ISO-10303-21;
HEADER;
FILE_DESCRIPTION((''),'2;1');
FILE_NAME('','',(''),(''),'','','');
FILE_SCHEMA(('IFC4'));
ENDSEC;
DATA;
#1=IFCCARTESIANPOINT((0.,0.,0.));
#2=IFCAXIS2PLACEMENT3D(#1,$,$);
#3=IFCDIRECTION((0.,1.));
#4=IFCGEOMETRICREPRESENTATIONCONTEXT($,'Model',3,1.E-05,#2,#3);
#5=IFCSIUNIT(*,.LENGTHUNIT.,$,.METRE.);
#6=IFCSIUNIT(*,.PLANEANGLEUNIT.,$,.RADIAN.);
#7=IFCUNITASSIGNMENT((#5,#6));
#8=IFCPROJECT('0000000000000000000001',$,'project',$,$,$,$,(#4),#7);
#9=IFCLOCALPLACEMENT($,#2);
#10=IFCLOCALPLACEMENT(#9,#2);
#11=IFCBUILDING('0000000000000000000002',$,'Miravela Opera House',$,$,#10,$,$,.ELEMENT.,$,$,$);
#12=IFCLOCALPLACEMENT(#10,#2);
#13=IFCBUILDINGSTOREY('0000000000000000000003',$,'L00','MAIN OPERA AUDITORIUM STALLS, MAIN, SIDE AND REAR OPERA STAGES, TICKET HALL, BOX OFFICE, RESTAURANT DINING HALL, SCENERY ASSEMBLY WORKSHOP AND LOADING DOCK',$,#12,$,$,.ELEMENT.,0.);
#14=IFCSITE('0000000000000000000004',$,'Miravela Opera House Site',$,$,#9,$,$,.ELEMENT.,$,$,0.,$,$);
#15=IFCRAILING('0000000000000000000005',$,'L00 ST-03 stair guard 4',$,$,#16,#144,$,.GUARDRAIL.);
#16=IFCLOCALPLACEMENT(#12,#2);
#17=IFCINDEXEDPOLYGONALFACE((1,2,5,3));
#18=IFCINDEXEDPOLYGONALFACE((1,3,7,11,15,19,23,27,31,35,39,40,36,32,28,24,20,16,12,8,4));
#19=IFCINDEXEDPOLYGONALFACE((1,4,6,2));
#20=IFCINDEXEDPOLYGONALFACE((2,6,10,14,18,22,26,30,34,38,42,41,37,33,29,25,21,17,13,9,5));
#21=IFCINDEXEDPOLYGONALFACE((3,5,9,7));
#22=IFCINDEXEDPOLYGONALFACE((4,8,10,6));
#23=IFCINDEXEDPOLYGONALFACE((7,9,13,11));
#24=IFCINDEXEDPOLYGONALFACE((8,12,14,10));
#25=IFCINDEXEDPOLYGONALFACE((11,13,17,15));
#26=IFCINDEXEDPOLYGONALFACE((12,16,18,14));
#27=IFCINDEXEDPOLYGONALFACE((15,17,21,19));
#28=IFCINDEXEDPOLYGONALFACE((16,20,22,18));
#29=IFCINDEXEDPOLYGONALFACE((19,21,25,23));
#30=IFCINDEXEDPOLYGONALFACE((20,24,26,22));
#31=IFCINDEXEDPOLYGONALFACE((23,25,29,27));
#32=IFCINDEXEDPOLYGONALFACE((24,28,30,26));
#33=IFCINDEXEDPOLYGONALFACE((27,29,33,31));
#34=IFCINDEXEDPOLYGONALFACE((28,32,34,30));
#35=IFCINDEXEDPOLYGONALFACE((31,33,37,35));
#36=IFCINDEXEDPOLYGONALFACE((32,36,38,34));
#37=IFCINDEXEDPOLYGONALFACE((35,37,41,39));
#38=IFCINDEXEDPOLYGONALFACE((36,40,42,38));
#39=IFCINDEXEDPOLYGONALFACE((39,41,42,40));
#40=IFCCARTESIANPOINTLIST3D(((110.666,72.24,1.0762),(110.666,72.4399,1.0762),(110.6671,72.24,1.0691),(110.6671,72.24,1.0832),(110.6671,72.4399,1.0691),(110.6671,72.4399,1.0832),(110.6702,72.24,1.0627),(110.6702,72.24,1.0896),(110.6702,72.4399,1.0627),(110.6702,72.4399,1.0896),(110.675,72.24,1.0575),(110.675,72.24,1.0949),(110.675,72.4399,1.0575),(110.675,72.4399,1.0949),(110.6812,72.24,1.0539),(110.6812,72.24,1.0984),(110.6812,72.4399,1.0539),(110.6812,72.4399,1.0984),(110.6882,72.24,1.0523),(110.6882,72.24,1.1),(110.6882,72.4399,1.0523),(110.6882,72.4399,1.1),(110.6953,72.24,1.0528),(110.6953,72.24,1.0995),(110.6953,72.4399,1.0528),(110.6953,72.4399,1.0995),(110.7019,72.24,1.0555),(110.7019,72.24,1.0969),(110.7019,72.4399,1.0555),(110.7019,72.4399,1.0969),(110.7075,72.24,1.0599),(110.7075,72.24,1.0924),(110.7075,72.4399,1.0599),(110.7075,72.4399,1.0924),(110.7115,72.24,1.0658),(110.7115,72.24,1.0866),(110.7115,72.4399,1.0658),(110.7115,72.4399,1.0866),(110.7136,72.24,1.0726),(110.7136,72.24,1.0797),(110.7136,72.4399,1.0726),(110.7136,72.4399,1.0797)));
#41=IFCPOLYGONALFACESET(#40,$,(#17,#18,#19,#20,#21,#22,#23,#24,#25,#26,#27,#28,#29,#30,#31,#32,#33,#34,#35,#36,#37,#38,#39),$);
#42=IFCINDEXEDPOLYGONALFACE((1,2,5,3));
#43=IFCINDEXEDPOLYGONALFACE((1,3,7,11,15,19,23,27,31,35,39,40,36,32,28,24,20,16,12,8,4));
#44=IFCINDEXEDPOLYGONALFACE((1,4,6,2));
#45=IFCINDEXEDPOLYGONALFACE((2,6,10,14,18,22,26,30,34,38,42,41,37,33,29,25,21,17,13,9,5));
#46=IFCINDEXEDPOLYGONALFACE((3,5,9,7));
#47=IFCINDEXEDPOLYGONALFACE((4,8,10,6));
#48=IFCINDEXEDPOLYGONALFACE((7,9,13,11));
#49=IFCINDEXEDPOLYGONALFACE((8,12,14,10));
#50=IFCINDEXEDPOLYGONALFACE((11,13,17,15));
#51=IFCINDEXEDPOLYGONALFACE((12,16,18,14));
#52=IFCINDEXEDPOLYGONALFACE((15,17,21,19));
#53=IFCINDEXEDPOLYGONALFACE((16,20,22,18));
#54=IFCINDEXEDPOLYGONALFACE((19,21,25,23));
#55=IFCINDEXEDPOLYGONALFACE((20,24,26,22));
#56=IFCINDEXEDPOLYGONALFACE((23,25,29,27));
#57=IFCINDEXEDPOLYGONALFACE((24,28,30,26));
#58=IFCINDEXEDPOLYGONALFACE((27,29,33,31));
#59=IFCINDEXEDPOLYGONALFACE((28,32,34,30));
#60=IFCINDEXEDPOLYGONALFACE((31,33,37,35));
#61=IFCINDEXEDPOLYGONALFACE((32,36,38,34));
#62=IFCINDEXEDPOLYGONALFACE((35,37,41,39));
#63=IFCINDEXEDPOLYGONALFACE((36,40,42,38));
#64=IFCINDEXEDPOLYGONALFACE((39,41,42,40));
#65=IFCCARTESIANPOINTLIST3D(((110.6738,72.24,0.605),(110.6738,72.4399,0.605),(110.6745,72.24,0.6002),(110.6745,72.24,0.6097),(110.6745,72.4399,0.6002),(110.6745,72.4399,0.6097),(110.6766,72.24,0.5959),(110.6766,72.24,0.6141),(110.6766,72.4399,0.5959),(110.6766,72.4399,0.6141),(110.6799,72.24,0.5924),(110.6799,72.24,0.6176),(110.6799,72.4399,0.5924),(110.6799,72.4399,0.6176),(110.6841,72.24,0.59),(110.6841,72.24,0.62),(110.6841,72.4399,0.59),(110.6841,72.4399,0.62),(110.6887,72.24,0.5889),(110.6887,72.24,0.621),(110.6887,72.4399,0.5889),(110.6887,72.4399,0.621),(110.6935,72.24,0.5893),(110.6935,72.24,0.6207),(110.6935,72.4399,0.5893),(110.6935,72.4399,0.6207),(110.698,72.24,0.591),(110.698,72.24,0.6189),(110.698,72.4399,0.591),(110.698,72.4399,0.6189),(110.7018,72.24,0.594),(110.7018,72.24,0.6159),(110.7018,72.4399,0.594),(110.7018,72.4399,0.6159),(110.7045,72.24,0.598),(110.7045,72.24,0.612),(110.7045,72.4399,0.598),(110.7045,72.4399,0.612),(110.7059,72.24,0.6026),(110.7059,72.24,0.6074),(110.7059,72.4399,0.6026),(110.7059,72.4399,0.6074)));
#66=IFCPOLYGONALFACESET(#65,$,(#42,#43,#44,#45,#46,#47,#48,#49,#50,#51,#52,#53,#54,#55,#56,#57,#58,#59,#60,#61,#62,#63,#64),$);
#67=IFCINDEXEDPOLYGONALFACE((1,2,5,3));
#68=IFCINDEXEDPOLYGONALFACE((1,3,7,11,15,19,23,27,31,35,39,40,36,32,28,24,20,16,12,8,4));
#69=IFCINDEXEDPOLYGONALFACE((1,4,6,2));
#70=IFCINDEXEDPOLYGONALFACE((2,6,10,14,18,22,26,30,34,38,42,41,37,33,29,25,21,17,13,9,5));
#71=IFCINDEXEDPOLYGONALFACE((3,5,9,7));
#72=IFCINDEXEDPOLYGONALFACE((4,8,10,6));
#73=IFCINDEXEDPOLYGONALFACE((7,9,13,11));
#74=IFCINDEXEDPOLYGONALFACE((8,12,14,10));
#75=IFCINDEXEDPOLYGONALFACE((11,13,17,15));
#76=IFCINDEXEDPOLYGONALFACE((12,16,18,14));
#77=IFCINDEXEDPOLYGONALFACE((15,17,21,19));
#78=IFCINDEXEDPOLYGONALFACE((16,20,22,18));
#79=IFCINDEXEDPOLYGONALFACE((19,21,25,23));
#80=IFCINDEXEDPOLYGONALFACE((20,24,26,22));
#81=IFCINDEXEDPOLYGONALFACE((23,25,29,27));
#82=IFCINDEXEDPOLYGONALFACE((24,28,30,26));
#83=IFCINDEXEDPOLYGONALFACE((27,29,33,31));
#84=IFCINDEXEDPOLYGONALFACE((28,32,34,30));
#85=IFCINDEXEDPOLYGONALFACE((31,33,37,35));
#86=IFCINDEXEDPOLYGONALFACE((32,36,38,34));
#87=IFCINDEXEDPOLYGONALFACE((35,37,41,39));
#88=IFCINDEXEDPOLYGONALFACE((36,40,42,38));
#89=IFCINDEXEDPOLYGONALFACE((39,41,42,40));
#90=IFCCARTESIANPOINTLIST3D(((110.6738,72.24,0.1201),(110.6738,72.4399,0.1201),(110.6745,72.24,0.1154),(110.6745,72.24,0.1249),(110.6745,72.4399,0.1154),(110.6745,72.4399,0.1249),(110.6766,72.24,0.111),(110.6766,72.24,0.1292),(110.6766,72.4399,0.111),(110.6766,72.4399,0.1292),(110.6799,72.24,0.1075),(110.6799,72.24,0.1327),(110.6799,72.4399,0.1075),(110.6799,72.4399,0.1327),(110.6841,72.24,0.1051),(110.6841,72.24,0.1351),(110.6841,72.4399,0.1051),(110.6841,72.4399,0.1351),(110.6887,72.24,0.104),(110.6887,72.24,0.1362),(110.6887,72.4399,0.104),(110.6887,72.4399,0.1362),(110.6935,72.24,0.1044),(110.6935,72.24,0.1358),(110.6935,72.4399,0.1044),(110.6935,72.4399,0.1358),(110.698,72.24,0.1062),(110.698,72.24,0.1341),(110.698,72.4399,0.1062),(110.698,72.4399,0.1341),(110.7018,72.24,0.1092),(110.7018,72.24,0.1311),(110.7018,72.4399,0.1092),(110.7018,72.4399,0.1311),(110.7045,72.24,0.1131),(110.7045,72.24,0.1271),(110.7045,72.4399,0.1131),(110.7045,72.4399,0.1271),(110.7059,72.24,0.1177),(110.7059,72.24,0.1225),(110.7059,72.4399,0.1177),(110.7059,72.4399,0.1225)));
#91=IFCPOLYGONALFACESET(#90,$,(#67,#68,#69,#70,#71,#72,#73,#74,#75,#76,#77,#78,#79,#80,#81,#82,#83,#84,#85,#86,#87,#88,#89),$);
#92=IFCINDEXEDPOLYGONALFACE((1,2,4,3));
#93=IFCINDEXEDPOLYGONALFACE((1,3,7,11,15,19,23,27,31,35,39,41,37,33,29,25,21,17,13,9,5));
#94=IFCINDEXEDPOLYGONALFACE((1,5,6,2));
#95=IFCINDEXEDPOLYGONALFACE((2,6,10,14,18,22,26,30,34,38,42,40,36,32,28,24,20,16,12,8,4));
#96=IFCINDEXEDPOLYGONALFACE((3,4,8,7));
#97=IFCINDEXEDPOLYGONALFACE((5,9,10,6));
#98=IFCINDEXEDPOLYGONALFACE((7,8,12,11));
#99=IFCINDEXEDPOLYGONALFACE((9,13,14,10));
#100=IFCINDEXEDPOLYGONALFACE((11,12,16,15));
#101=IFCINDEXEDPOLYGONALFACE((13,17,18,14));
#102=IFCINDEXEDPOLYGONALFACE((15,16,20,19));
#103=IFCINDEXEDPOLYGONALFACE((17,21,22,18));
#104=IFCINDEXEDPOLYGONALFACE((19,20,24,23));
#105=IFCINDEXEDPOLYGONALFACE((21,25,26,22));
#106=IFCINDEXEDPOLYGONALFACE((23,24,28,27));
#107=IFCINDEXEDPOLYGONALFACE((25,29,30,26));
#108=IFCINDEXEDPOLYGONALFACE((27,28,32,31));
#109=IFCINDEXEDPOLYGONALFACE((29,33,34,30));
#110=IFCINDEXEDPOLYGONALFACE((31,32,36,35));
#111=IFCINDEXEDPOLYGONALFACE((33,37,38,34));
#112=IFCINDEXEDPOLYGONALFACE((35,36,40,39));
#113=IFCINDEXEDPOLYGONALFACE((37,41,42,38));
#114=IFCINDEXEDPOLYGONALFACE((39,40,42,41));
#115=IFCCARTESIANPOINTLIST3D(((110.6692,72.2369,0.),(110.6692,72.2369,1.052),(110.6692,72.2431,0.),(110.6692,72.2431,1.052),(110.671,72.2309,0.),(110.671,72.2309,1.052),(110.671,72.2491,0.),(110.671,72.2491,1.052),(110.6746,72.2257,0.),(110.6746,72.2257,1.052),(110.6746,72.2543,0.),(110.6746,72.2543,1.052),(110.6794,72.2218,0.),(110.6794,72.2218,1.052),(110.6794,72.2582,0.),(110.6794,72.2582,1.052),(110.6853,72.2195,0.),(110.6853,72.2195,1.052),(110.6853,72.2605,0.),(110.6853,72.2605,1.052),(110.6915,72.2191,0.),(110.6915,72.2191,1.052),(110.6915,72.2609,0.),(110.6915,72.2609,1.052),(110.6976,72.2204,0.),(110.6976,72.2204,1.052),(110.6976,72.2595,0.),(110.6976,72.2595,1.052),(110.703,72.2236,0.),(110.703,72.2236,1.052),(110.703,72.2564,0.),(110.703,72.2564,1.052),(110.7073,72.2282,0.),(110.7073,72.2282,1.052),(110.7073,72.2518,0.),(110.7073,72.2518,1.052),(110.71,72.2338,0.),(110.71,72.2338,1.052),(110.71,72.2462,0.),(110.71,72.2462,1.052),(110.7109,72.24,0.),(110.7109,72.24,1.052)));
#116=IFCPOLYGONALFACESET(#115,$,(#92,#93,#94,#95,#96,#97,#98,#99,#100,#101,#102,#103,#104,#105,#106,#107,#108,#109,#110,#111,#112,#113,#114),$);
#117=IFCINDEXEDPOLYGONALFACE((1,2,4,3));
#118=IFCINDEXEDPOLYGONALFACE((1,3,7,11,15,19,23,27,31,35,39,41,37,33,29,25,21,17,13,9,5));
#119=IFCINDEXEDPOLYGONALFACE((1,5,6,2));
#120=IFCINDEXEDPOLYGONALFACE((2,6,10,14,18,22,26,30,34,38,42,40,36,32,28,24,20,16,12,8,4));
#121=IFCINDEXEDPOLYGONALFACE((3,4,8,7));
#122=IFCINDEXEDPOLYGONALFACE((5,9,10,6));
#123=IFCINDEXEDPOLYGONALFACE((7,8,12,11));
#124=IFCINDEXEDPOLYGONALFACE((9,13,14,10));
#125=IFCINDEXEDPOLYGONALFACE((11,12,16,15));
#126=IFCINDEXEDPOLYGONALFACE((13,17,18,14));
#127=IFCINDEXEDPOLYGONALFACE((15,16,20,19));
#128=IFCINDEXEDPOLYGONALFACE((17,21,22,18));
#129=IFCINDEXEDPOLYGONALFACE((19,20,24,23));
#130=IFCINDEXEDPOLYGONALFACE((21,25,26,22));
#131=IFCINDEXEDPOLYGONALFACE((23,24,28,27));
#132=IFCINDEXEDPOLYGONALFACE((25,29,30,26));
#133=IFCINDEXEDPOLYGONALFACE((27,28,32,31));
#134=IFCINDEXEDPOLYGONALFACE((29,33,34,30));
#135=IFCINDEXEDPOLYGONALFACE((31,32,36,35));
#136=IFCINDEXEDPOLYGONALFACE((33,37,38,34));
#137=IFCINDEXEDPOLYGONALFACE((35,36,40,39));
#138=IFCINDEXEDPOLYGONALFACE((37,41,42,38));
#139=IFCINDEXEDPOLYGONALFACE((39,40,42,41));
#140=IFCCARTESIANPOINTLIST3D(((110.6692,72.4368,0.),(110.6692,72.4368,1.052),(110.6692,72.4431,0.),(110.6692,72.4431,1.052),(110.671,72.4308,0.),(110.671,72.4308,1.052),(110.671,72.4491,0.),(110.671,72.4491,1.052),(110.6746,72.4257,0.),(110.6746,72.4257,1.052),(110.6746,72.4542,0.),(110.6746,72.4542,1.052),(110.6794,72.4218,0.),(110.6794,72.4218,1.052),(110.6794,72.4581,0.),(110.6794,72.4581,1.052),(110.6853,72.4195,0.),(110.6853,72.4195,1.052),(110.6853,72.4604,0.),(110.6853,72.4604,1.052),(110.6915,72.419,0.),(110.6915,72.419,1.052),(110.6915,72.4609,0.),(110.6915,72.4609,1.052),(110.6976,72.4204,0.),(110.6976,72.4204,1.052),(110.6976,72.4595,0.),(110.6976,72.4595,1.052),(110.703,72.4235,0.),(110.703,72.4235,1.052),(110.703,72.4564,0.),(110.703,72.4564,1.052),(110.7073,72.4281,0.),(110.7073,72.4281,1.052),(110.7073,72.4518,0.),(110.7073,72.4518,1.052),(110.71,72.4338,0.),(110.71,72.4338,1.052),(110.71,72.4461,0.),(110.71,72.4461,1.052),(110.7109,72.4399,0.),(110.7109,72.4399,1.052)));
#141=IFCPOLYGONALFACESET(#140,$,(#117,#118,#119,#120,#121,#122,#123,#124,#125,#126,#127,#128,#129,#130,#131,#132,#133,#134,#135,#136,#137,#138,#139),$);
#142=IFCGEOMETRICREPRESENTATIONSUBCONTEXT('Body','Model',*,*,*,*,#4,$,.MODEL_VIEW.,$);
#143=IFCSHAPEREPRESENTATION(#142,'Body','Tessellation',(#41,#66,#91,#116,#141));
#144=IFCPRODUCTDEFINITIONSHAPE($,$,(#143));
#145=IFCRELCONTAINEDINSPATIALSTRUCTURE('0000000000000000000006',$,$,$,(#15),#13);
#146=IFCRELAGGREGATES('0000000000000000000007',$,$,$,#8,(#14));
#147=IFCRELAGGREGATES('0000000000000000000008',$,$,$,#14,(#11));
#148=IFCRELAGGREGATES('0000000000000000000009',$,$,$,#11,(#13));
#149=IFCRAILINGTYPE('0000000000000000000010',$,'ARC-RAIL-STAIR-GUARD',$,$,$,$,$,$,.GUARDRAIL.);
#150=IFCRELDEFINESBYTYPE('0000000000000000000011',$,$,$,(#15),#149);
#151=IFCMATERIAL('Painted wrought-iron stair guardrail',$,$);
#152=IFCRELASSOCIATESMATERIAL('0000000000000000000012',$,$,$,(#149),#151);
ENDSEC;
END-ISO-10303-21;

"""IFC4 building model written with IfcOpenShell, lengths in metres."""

from ifc_helpers import new_model, si_unit, direction, frame, origin, origin_2d, place, context, subcontext, project, spatial, circle, extrude, material, type_object, element, save


model = new_model("IFC4")

# Units and contexts
model_context = context("Model", 3, precision=1e-05, world=origin(), true_north=direction((0.0, 1.0)))
body_context = subcontext(model_context, "Body", "Model", "MODEL_VIEW")
ifc_project = project(units=[si_unit("LENGTHUNIT", "METRE"), si_unit("PLANEANGLEUNIT", "RADIAN")], contexts=[model_context])

# Site, building, storey
site_placement = place(None, origin())
site = spatial("IfcSite", under=ifc_project, at=site_placement, Name="Miravela Opera House Site", CompositionType="ELEMENT", RefElevation=0.0)
building_placement = place(site_placement, origin())
building = spatial("IfcBuilding", under=site, at=building_placement, Name="Miravela Opera House", CompositionType="ELEMENT")
storey_placement = place(building_placement, origin())
storey = spatial("IfcBuildingStorey", under=building, at=storey_placement, Name="L00", Description="MAIN OPERA AUDITORIUM STALLS, MAIN, SIDE AND REAR OPERA STAGES, TICKET HALL, BOX OFFICE, RESTAURANT DINING HALL, SCENERY ASSEMBLY WORKSHOP AND LOADING DOCK", CompositionType="ELEMENT", Elevation=0.0)

# Railing
ifc_material_1 = material(Name="Painted wrought-iron stair guardrail")
railing_type_1 = type_object("IfcRailingType", Name="ARC-RAIL-STAIR-GUARD", PredefinedType="GUARDRAIL", material=ifc_material_1)
railing_1_placement = place(storey_placement, frame((110.6899, 72.24, 0.0)))
element("IfcRailing", 1, at=railing_1_placement, inside=storey, type_object=railing_type_1, Name="L00 ST-03 stair guard 4", PredefinedType="GUARDRAIL", context=body_context, shape_type="SweptSolid", body=[
    extrude(circle(Radius=0.0239, at=origin_2d()), frame((0.0, 0.0, 1.0762), z_axis=(0.0, 1.0, 0.0), x_axis=(-1.0, 0.0, 0.0)), (0.0, 0.0, 1.0), 0.2),
    extrude(circle(Radius=0.0161, at=origin_2d()), frame((0.0, 0.0, 0.605), z_axis=(0.0, 1.0, 0.0), x_axis=(-1.0, 0.0, 0.0)), (0.0, 0.0, 1.0), 0.2),
    extrude(circle(Radius=0.0161, at=origin_2d()), frame((0.0, 0.0, 0.1201), z_axis=(0.0, 1.0, 0.0), x_axis=(-1.0, 0.0, 0.0)), (0.0, 0.0, 1.0), 0.2),
    extrude(circle(Radius=0.021, at=origin_2d()), origin(), (0.0, 0.0, 1.0), 1.052),
    extrude(circle(Radius=0.021, at=origin_2d()), frame((0.0, 0.2, 0.0)), (0.0, 0.0, 1.0), 1.052),
])

save(model, "model.ifc")
